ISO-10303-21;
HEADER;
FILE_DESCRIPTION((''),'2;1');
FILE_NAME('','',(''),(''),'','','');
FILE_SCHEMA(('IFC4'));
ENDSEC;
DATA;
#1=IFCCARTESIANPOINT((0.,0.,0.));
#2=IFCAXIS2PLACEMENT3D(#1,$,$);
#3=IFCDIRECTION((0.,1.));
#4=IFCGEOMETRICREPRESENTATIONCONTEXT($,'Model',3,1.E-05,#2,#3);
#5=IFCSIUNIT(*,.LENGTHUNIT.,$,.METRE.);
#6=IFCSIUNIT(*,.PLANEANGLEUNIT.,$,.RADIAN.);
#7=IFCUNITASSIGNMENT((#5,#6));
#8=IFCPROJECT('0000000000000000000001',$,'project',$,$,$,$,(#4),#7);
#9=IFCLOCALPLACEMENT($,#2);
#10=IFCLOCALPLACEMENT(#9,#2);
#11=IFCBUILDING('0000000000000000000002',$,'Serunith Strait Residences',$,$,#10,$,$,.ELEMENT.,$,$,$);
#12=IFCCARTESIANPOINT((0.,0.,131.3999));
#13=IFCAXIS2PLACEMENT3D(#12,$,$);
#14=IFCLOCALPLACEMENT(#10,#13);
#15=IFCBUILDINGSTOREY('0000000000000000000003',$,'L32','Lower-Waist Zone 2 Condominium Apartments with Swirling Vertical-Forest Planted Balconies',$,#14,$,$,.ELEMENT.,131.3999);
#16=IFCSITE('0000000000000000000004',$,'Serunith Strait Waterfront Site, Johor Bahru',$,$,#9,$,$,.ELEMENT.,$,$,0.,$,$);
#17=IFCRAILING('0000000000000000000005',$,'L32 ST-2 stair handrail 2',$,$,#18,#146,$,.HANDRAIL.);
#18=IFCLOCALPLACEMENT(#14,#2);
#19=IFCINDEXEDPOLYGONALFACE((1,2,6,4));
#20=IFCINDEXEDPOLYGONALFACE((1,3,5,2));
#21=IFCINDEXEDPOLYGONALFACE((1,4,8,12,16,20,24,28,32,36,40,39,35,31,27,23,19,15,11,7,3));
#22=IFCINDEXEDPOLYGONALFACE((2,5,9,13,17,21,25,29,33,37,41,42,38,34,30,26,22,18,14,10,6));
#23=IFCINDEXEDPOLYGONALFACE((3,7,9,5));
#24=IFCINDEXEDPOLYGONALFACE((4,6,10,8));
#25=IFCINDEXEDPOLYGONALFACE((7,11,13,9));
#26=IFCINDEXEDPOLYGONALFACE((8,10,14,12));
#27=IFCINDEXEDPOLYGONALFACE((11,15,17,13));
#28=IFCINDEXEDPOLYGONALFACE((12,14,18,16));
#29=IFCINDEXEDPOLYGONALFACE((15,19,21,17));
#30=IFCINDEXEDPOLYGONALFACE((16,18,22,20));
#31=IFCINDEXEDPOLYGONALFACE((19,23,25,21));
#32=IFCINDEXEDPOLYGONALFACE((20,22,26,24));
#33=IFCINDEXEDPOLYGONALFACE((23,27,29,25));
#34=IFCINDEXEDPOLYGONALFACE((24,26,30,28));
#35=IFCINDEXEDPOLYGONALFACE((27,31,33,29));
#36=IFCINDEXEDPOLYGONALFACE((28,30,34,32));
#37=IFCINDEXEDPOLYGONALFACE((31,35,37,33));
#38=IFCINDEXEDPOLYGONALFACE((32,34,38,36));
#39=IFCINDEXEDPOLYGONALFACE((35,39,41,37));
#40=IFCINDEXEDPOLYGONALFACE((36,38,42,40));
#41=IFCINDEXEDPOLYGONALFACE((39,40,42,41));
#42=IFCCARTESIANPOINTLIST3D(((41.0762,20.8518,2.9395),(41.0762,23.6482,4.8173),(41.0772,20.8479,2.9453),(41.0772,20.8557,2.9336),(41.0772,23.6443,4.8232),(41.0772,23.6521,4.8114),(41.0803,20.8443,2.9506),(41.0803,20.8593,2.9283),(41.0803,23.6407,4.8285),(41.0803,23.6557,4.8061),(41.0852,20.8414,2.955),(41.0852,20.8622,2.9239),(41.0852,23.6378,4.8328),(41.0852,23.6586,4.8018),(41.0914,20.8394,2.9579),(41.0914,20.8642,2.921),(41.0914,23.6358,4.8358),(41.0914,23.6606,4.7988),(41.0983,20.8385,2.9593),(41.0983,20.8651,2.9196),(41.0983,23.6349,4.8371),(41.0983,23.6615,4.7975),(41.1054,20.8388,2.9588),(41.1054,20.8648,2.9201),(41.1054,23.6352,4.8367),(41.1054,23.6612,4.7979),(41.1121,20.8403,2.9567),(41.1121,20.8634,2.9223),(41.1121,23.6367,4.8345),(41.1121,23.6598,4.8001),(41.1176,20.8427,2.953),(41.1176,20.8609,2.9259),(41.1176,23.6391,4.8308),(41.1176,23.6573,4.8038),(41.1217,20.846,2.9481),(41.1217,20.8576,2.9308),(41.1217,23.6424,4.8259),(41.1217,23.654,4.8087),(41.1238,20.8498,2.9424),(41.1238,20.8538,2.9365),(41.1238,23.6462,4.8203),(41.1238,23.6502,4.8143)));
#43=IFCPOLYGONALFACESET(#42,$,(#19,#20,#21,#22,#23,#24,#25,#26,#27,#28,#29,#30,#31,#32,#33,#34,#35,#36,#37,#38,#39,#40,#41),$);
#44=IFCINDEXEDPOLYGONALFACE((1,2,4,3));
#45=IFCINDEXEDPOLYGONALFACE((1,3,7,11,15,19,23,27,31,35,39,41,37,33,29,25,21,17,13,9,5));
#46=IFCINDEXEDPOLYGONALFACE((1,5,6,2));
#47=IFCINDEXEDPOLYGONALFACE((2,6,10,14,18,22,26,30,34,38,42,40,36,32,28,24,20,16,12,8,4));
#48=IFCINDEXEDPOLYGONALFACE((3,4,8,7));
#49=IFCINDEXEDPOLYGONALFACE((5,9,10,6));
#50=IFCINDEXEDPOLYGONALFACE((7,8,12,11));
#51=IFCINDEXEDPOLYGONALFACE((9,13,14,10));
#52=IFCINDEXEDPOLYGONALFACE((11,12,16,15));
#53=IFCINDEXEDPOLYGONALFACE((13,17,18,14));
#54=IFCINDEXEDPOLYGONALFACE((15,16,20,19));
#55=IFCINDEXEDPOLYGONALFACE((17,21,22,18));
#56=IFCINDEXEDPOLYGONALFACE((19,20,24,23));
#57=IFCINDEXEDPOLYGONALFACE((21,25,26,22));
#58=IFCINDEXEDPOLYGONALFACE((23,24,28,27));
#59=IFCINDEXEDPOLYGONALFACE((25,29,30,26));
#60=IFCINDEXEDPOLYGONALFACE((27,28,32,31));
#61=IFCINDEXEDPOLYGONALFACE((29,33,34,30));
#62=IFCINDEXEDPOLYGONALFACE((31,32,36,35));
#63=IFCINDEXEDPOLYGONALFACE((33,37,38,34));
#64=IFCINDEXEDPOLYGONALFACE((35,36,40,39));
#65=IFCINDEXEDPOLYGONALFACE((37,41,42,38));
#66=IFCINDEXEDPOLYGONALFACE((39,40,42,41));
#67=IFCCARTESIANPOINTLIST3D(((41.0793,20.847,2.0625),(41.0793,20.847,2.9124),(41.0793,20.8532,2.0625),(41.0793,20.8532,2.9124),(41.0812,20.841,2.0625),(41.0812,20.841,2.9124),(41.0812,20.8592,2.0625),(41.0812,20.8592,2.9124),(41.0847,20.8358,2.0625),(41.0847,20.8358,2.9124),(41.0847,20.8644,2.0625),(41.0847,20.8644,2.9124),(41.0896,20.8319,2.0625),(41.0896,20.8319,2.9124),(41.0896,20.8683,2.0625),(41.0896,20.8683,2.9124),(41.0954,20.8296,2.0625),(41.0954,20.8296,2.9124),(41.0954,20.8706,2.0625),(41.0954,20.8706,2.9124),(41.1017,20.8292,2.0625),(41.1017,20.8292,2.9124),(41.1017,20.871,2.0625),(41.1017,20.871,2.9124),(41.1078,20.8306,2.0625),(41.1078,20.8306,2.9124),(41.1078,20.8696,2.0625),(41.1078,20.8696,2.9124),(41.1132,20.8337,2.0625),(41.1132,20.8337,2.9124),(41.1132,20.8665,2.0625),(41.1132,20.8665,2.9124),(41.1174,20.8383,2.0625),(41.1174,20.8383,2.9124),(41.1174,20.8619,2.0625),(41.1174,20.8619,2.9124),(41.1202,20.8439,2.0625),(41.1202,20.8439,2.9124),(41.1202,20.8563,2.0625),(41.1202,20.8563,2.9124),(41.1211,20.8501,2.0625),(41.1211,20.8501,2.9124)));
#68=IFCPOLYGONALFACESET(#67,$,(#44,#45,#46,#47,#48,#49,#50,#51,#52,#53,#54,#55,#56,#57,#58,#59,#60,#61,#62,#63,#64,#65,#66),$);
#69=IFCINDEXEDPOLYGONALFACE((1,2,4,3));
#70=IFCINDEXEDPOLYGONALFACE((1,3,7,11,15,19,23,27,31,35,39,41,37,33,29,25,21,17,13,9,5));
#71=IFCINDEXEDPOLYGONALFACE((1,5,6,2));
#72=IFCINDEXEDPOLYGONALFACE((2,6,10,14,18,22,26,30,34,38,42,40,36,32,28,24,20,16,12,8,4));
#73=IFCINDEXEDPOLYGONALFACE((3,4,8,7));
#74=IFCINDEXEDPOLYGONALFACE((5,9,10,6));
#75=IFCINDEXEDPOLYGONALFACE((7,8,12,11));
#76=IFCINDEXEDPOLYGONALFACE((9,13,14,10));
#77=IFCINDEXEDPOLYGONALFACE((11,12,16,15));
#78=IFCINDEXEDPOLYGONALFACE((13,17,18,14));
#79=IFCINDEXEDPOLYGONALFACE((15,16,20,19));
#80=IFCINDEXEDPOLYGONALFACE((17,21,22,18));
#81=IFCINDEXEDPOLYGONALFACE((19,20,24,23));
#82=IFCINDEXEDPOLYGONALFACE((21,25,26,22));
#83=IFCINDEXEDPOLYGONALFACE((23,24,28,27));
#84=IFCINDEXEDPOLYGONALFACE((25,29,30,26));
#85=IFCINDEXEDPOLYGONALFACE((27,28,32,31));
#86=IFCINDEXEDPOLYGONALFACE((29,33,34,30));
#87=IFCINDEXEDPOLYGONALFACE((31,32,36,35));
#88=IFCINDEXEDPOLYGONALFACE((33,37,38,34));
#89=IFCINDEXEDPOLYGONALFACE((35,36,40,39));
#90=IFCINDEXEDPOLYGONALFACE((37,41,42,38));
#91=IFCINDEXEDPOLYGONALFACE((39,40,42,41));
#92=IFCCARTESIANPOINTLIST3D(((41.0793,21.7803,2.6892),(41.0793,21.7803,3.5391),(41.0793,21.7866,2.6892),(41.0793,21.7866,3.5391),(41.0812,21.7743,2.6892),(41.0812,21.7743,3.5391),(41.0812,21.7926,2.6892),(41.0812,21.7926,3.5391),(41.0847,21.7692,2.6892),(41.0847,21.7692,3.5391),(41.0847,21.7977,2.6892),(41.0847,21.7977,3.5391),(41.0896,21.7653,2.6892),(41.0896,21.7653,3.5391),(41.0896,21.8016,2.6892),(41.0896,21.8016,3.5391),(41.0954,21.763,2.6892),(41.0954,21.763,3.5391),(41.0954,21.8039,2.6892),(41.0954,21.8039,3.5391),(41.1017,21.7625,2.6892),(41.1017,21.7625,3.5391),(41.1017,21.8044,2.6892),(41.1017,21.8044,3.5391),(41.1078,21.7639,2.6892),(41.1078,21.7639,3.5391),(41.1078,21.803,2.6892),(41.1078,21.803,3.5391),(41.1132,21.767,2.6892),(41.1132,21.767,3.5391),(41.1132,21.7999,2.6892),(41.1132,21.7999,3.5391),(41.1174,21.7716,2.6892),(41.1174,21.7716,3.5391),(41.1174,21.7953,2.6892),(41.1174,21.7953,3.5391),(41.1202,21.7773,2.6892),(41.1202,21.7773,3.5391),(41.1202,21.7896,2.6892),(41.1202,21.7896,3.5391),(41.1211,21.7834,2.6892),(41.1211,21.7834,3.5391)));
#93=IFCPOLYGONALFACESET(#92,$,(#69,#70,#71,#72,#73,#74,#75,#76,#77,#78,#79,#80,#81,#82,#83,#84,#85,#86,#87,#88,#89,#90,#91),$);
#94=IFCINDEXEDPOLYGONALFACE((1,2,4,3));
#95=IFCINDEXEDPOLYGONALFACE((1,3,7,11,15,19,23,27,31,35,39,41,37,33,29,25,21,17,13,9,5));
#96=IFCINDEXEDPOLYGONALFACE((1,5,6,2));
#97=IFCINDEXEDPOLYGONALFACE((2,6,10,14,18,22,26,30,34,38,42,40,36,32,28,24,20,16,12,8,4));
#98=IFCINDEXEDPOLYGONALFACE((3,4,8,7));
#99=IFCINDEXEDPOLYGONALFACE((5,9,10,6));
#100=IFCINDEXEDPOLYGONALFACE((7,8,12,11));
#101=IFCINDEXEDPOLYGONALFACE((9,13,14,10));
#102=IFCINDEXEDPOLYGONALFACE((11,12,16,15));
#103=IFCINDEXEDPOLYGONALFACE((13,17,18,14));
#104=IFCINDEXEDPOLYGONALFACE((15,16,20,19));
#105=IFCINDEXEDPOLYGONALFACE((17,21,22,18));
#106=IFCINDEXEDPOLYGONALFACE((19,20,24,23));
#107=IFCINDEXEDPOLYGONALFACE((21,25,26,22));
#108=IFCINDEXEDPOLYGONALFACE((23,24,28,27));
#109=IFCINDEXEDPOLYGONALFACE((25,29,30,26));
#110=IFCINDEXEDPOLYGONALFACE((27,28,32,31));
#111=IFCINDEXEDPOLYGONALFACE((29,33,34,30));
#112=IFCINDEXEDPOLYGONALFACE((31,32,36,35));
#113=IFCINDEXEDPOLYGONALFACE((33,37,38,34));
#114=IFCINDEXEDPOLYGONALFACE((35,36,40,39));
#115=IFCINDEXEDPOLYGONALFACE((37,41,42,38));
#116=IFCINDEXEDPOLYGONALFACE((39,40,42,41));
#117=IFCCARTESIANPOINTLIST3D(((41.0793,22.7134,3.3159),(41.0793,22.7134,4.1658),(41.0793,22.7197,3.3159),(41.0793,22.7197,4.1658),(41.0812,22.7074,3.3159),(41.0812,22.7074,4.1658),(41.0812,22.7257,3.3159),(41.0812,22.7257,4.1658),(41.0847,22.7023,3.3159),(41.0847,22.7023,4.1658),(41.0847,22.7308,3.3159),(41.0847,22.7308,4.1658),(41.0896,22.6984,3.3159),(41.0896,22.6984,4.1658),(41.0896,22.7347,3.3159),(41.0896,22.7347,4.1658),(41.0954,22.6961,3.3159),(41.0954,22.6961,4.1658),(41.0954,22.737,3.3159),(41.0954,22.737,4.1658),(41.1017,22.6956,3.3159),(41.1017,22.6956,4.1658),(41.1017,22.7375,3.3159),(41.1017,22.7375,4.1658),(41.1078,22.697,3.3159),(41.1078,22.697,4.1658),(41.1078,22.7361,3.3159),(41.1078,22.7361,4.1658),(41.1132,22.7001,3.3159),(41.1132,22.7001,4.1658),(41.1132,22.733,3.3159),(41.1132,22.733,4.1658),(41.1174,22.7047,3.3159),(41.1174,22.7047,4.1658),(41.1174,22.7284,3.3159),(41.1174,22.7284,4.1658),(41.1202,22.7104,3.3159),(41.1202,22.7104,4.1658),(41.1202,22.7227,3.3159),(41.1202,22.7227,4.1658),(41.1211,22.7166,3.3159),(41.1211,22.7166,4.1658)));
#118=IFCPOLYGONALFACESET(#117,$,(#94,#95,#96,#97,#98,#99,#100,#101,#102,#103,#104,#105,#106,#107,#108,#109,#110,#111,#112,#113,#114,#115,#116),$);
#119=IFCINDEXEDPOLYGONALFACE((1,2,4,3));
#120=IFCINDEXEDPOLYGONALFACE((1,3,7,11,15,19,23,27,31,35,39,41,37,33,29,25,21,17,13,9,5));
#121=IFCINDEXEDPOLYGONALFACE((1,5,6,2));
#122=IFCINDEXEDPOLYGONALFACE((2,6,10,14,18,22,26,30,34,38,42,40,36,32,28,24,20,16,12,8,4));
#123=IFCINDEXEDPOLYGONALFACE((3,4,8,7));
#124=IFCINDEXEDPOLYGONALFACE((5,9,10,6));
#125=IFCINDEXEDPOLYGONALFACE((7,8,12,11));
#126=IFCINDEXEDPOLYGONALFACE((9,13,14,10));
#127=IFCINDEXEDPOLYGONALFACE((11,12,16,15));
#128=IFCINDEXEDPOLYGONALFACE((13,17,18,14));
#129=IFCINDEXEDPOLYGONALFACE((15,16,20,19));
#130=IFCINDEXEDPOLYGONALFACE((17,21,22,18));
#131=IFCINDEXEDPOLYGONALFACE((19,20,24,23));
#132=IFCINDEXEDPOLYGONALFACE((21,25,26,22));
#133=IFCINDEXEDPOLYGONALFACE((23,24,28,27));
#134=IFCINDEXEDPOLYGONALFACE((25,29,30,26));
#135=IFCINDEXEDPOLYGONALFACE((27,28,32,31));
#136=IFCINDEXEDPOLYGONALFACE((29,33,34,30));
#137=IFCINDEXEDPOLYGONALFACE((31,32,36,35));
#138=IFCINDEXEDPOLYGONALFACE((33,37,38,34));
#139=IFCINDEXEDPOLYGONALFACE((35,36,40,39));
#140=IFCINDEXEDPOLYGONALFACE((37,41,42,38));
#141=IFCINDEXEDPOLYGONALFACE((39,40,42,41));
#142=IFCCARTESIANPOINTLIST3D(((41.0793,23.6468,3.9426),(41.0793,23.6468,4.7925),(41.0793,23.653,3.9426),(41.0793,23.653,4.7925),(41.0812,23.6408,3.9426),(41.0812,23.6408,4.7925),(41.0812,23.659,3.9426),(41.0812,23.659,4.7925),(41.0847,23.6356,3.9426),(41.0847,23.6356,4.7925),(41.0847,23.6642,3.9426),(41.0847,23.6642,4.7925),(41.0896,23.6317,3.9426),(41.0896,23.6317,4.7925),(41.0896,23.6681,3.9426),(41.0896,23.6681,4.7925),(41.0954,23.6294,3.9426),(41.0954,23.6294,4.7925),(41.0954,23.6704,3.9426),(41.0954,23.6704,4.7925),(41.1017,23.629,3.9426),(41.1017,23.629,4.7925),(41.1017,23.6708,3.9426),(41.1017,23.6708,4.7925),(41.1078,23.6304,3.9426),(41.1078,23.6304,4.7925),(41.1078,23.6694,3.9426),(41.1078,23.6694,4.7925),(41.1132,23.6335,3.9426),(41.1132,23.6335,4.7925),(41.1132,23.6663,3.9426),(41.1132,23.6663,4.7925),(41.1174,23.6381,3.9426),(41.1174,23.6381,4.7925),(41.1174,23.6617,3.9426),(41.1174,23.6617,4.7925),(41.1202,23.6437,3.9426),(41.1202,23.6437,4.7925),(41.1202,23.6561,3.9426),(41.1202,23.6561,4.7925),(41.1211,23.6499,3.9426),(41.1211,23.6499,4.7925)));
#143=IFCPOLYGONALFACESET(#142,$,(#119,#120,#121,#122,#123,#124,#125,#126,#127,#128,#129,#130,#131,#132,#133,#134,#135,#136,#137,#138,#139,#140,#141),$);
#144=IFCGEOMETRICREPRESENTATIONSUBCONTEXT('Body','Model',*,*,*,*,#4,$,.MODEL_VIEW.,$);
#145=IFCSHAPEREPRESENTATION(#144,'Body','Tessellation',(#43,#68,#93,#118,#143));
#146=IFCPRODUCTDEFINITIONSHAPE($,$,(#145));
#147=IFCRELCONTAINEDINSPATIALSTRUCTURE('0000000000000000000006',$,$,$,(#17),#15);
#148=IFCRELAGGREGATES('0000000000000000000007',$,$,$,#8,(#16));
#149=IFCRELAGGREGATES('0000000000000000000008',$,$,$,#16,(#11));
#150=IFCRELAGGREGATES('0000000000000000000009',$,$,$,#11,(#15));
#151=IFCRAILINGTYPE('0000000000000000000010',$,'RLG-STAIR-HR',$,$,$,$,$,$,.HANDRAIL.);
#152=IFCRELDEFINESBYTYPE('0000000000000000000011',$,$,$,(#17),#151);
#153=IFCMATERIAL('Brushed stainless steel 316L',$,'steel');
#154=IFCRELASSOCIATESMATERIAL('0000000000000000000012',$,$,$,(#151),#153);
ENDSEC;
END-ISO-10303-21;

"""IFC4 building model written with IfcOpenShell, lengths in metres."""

from ifc_helpers import new_model, si_unit, direction, frame, origin, origin_2d, place, context, subcontext, project, spatial, circle, extrude, material, type_object, element, save


model = new_model("IFC4")

# Units and contexts
model_context = context("Model", 3, precision=1e-05, world=origin(), true_north=direction((0.0, 1.0)))
body_context = subcontext(model_context, "Body", "Model", "MODEL_VIEW")
ifc_project = project(units=[si_unit("LENGTHUNIT", "METRE"), si_unit("PLANEANGLEUNIT", "RADIAN")], contexts=[model_context])

# Site, building, storey
site_placement = place(None, origin())
site = spatial("IfcSite", under=ifc_project, at=site_placement, Name="Serunith Strait Waterfront Site, Johor Bahru", CompositionType="ELEMENT", RefElevation=0.0)
building_placement = place(site_placement, origin())
building = spatial("IfcBuilding", under=site, at=building_placement, Name="Serunith Strait Residences", CompositionType="ELEMENT")
storey_placement = place(building_placement, frame((0.0, 0.0, 131.3999)))
storey = spatial("IfcBuildingStorey", under=building, at=storey_placement, Name="L32", Description="Lower-Waist Zone 2 Condominium Apartments with Swirling Vertical-Forest Planted Balconies", CompositionType="ELEMENT", Elevation=131.3999)

# Railing
ifc_material_1 = material(Name="Brushed stainless steel 316L", Category="steel")
railing_type_1 = type_object("IfcRailingType", Name="RLG-STAIR-HR", PredefinedType="HANDRAIL", material=ifc_material_1)
railing_1_placement = place(storey_placement, frame((41.1001, 20.8501, 2.0625)))
element("IfcRailing", 1, at=railing_1_placement, inside=storey, type_object=railing_type_1, Name="L32 ST-2 stair handrail 2", PredefinedType="HANDRAIL", context=body_context, shape_type="SweptSolid", body=[
    extrude(circle(Radius=0.0239, at=origin_2d()), frame((0.0, 0.0017, 0.877), z_axis=(0.0, 0.830186, 0.557487), x_axis=(-1.0, 0.0, 0.0)), (0.0, 0.0, 1.0), 3.3684),
    extrude(circle(Radius=0.021, at=origin_2d()), origin(), (0.0, 0.0, 1.0), 0.8499),
    extrude(circle(Radius=0.021, at=origin_2d()), frame((0.0, 0.9333, 0.6267)), (0.0, 0.0, 1.0), 0.8499),
    extrude(circle(Radius=0.021, at=origin_2d()), frame((0.0, 1.8665, 1.2534)), (0.0, 0.0, 1.0), 0.8499),
    extrude(circle(Radius=0.021, at=origin_2d()), frame((0.0, 2.7998, 1.8801)), (0.0, 0.0, 1.0), 0.8499),
])

save(model, "model.ifc")
